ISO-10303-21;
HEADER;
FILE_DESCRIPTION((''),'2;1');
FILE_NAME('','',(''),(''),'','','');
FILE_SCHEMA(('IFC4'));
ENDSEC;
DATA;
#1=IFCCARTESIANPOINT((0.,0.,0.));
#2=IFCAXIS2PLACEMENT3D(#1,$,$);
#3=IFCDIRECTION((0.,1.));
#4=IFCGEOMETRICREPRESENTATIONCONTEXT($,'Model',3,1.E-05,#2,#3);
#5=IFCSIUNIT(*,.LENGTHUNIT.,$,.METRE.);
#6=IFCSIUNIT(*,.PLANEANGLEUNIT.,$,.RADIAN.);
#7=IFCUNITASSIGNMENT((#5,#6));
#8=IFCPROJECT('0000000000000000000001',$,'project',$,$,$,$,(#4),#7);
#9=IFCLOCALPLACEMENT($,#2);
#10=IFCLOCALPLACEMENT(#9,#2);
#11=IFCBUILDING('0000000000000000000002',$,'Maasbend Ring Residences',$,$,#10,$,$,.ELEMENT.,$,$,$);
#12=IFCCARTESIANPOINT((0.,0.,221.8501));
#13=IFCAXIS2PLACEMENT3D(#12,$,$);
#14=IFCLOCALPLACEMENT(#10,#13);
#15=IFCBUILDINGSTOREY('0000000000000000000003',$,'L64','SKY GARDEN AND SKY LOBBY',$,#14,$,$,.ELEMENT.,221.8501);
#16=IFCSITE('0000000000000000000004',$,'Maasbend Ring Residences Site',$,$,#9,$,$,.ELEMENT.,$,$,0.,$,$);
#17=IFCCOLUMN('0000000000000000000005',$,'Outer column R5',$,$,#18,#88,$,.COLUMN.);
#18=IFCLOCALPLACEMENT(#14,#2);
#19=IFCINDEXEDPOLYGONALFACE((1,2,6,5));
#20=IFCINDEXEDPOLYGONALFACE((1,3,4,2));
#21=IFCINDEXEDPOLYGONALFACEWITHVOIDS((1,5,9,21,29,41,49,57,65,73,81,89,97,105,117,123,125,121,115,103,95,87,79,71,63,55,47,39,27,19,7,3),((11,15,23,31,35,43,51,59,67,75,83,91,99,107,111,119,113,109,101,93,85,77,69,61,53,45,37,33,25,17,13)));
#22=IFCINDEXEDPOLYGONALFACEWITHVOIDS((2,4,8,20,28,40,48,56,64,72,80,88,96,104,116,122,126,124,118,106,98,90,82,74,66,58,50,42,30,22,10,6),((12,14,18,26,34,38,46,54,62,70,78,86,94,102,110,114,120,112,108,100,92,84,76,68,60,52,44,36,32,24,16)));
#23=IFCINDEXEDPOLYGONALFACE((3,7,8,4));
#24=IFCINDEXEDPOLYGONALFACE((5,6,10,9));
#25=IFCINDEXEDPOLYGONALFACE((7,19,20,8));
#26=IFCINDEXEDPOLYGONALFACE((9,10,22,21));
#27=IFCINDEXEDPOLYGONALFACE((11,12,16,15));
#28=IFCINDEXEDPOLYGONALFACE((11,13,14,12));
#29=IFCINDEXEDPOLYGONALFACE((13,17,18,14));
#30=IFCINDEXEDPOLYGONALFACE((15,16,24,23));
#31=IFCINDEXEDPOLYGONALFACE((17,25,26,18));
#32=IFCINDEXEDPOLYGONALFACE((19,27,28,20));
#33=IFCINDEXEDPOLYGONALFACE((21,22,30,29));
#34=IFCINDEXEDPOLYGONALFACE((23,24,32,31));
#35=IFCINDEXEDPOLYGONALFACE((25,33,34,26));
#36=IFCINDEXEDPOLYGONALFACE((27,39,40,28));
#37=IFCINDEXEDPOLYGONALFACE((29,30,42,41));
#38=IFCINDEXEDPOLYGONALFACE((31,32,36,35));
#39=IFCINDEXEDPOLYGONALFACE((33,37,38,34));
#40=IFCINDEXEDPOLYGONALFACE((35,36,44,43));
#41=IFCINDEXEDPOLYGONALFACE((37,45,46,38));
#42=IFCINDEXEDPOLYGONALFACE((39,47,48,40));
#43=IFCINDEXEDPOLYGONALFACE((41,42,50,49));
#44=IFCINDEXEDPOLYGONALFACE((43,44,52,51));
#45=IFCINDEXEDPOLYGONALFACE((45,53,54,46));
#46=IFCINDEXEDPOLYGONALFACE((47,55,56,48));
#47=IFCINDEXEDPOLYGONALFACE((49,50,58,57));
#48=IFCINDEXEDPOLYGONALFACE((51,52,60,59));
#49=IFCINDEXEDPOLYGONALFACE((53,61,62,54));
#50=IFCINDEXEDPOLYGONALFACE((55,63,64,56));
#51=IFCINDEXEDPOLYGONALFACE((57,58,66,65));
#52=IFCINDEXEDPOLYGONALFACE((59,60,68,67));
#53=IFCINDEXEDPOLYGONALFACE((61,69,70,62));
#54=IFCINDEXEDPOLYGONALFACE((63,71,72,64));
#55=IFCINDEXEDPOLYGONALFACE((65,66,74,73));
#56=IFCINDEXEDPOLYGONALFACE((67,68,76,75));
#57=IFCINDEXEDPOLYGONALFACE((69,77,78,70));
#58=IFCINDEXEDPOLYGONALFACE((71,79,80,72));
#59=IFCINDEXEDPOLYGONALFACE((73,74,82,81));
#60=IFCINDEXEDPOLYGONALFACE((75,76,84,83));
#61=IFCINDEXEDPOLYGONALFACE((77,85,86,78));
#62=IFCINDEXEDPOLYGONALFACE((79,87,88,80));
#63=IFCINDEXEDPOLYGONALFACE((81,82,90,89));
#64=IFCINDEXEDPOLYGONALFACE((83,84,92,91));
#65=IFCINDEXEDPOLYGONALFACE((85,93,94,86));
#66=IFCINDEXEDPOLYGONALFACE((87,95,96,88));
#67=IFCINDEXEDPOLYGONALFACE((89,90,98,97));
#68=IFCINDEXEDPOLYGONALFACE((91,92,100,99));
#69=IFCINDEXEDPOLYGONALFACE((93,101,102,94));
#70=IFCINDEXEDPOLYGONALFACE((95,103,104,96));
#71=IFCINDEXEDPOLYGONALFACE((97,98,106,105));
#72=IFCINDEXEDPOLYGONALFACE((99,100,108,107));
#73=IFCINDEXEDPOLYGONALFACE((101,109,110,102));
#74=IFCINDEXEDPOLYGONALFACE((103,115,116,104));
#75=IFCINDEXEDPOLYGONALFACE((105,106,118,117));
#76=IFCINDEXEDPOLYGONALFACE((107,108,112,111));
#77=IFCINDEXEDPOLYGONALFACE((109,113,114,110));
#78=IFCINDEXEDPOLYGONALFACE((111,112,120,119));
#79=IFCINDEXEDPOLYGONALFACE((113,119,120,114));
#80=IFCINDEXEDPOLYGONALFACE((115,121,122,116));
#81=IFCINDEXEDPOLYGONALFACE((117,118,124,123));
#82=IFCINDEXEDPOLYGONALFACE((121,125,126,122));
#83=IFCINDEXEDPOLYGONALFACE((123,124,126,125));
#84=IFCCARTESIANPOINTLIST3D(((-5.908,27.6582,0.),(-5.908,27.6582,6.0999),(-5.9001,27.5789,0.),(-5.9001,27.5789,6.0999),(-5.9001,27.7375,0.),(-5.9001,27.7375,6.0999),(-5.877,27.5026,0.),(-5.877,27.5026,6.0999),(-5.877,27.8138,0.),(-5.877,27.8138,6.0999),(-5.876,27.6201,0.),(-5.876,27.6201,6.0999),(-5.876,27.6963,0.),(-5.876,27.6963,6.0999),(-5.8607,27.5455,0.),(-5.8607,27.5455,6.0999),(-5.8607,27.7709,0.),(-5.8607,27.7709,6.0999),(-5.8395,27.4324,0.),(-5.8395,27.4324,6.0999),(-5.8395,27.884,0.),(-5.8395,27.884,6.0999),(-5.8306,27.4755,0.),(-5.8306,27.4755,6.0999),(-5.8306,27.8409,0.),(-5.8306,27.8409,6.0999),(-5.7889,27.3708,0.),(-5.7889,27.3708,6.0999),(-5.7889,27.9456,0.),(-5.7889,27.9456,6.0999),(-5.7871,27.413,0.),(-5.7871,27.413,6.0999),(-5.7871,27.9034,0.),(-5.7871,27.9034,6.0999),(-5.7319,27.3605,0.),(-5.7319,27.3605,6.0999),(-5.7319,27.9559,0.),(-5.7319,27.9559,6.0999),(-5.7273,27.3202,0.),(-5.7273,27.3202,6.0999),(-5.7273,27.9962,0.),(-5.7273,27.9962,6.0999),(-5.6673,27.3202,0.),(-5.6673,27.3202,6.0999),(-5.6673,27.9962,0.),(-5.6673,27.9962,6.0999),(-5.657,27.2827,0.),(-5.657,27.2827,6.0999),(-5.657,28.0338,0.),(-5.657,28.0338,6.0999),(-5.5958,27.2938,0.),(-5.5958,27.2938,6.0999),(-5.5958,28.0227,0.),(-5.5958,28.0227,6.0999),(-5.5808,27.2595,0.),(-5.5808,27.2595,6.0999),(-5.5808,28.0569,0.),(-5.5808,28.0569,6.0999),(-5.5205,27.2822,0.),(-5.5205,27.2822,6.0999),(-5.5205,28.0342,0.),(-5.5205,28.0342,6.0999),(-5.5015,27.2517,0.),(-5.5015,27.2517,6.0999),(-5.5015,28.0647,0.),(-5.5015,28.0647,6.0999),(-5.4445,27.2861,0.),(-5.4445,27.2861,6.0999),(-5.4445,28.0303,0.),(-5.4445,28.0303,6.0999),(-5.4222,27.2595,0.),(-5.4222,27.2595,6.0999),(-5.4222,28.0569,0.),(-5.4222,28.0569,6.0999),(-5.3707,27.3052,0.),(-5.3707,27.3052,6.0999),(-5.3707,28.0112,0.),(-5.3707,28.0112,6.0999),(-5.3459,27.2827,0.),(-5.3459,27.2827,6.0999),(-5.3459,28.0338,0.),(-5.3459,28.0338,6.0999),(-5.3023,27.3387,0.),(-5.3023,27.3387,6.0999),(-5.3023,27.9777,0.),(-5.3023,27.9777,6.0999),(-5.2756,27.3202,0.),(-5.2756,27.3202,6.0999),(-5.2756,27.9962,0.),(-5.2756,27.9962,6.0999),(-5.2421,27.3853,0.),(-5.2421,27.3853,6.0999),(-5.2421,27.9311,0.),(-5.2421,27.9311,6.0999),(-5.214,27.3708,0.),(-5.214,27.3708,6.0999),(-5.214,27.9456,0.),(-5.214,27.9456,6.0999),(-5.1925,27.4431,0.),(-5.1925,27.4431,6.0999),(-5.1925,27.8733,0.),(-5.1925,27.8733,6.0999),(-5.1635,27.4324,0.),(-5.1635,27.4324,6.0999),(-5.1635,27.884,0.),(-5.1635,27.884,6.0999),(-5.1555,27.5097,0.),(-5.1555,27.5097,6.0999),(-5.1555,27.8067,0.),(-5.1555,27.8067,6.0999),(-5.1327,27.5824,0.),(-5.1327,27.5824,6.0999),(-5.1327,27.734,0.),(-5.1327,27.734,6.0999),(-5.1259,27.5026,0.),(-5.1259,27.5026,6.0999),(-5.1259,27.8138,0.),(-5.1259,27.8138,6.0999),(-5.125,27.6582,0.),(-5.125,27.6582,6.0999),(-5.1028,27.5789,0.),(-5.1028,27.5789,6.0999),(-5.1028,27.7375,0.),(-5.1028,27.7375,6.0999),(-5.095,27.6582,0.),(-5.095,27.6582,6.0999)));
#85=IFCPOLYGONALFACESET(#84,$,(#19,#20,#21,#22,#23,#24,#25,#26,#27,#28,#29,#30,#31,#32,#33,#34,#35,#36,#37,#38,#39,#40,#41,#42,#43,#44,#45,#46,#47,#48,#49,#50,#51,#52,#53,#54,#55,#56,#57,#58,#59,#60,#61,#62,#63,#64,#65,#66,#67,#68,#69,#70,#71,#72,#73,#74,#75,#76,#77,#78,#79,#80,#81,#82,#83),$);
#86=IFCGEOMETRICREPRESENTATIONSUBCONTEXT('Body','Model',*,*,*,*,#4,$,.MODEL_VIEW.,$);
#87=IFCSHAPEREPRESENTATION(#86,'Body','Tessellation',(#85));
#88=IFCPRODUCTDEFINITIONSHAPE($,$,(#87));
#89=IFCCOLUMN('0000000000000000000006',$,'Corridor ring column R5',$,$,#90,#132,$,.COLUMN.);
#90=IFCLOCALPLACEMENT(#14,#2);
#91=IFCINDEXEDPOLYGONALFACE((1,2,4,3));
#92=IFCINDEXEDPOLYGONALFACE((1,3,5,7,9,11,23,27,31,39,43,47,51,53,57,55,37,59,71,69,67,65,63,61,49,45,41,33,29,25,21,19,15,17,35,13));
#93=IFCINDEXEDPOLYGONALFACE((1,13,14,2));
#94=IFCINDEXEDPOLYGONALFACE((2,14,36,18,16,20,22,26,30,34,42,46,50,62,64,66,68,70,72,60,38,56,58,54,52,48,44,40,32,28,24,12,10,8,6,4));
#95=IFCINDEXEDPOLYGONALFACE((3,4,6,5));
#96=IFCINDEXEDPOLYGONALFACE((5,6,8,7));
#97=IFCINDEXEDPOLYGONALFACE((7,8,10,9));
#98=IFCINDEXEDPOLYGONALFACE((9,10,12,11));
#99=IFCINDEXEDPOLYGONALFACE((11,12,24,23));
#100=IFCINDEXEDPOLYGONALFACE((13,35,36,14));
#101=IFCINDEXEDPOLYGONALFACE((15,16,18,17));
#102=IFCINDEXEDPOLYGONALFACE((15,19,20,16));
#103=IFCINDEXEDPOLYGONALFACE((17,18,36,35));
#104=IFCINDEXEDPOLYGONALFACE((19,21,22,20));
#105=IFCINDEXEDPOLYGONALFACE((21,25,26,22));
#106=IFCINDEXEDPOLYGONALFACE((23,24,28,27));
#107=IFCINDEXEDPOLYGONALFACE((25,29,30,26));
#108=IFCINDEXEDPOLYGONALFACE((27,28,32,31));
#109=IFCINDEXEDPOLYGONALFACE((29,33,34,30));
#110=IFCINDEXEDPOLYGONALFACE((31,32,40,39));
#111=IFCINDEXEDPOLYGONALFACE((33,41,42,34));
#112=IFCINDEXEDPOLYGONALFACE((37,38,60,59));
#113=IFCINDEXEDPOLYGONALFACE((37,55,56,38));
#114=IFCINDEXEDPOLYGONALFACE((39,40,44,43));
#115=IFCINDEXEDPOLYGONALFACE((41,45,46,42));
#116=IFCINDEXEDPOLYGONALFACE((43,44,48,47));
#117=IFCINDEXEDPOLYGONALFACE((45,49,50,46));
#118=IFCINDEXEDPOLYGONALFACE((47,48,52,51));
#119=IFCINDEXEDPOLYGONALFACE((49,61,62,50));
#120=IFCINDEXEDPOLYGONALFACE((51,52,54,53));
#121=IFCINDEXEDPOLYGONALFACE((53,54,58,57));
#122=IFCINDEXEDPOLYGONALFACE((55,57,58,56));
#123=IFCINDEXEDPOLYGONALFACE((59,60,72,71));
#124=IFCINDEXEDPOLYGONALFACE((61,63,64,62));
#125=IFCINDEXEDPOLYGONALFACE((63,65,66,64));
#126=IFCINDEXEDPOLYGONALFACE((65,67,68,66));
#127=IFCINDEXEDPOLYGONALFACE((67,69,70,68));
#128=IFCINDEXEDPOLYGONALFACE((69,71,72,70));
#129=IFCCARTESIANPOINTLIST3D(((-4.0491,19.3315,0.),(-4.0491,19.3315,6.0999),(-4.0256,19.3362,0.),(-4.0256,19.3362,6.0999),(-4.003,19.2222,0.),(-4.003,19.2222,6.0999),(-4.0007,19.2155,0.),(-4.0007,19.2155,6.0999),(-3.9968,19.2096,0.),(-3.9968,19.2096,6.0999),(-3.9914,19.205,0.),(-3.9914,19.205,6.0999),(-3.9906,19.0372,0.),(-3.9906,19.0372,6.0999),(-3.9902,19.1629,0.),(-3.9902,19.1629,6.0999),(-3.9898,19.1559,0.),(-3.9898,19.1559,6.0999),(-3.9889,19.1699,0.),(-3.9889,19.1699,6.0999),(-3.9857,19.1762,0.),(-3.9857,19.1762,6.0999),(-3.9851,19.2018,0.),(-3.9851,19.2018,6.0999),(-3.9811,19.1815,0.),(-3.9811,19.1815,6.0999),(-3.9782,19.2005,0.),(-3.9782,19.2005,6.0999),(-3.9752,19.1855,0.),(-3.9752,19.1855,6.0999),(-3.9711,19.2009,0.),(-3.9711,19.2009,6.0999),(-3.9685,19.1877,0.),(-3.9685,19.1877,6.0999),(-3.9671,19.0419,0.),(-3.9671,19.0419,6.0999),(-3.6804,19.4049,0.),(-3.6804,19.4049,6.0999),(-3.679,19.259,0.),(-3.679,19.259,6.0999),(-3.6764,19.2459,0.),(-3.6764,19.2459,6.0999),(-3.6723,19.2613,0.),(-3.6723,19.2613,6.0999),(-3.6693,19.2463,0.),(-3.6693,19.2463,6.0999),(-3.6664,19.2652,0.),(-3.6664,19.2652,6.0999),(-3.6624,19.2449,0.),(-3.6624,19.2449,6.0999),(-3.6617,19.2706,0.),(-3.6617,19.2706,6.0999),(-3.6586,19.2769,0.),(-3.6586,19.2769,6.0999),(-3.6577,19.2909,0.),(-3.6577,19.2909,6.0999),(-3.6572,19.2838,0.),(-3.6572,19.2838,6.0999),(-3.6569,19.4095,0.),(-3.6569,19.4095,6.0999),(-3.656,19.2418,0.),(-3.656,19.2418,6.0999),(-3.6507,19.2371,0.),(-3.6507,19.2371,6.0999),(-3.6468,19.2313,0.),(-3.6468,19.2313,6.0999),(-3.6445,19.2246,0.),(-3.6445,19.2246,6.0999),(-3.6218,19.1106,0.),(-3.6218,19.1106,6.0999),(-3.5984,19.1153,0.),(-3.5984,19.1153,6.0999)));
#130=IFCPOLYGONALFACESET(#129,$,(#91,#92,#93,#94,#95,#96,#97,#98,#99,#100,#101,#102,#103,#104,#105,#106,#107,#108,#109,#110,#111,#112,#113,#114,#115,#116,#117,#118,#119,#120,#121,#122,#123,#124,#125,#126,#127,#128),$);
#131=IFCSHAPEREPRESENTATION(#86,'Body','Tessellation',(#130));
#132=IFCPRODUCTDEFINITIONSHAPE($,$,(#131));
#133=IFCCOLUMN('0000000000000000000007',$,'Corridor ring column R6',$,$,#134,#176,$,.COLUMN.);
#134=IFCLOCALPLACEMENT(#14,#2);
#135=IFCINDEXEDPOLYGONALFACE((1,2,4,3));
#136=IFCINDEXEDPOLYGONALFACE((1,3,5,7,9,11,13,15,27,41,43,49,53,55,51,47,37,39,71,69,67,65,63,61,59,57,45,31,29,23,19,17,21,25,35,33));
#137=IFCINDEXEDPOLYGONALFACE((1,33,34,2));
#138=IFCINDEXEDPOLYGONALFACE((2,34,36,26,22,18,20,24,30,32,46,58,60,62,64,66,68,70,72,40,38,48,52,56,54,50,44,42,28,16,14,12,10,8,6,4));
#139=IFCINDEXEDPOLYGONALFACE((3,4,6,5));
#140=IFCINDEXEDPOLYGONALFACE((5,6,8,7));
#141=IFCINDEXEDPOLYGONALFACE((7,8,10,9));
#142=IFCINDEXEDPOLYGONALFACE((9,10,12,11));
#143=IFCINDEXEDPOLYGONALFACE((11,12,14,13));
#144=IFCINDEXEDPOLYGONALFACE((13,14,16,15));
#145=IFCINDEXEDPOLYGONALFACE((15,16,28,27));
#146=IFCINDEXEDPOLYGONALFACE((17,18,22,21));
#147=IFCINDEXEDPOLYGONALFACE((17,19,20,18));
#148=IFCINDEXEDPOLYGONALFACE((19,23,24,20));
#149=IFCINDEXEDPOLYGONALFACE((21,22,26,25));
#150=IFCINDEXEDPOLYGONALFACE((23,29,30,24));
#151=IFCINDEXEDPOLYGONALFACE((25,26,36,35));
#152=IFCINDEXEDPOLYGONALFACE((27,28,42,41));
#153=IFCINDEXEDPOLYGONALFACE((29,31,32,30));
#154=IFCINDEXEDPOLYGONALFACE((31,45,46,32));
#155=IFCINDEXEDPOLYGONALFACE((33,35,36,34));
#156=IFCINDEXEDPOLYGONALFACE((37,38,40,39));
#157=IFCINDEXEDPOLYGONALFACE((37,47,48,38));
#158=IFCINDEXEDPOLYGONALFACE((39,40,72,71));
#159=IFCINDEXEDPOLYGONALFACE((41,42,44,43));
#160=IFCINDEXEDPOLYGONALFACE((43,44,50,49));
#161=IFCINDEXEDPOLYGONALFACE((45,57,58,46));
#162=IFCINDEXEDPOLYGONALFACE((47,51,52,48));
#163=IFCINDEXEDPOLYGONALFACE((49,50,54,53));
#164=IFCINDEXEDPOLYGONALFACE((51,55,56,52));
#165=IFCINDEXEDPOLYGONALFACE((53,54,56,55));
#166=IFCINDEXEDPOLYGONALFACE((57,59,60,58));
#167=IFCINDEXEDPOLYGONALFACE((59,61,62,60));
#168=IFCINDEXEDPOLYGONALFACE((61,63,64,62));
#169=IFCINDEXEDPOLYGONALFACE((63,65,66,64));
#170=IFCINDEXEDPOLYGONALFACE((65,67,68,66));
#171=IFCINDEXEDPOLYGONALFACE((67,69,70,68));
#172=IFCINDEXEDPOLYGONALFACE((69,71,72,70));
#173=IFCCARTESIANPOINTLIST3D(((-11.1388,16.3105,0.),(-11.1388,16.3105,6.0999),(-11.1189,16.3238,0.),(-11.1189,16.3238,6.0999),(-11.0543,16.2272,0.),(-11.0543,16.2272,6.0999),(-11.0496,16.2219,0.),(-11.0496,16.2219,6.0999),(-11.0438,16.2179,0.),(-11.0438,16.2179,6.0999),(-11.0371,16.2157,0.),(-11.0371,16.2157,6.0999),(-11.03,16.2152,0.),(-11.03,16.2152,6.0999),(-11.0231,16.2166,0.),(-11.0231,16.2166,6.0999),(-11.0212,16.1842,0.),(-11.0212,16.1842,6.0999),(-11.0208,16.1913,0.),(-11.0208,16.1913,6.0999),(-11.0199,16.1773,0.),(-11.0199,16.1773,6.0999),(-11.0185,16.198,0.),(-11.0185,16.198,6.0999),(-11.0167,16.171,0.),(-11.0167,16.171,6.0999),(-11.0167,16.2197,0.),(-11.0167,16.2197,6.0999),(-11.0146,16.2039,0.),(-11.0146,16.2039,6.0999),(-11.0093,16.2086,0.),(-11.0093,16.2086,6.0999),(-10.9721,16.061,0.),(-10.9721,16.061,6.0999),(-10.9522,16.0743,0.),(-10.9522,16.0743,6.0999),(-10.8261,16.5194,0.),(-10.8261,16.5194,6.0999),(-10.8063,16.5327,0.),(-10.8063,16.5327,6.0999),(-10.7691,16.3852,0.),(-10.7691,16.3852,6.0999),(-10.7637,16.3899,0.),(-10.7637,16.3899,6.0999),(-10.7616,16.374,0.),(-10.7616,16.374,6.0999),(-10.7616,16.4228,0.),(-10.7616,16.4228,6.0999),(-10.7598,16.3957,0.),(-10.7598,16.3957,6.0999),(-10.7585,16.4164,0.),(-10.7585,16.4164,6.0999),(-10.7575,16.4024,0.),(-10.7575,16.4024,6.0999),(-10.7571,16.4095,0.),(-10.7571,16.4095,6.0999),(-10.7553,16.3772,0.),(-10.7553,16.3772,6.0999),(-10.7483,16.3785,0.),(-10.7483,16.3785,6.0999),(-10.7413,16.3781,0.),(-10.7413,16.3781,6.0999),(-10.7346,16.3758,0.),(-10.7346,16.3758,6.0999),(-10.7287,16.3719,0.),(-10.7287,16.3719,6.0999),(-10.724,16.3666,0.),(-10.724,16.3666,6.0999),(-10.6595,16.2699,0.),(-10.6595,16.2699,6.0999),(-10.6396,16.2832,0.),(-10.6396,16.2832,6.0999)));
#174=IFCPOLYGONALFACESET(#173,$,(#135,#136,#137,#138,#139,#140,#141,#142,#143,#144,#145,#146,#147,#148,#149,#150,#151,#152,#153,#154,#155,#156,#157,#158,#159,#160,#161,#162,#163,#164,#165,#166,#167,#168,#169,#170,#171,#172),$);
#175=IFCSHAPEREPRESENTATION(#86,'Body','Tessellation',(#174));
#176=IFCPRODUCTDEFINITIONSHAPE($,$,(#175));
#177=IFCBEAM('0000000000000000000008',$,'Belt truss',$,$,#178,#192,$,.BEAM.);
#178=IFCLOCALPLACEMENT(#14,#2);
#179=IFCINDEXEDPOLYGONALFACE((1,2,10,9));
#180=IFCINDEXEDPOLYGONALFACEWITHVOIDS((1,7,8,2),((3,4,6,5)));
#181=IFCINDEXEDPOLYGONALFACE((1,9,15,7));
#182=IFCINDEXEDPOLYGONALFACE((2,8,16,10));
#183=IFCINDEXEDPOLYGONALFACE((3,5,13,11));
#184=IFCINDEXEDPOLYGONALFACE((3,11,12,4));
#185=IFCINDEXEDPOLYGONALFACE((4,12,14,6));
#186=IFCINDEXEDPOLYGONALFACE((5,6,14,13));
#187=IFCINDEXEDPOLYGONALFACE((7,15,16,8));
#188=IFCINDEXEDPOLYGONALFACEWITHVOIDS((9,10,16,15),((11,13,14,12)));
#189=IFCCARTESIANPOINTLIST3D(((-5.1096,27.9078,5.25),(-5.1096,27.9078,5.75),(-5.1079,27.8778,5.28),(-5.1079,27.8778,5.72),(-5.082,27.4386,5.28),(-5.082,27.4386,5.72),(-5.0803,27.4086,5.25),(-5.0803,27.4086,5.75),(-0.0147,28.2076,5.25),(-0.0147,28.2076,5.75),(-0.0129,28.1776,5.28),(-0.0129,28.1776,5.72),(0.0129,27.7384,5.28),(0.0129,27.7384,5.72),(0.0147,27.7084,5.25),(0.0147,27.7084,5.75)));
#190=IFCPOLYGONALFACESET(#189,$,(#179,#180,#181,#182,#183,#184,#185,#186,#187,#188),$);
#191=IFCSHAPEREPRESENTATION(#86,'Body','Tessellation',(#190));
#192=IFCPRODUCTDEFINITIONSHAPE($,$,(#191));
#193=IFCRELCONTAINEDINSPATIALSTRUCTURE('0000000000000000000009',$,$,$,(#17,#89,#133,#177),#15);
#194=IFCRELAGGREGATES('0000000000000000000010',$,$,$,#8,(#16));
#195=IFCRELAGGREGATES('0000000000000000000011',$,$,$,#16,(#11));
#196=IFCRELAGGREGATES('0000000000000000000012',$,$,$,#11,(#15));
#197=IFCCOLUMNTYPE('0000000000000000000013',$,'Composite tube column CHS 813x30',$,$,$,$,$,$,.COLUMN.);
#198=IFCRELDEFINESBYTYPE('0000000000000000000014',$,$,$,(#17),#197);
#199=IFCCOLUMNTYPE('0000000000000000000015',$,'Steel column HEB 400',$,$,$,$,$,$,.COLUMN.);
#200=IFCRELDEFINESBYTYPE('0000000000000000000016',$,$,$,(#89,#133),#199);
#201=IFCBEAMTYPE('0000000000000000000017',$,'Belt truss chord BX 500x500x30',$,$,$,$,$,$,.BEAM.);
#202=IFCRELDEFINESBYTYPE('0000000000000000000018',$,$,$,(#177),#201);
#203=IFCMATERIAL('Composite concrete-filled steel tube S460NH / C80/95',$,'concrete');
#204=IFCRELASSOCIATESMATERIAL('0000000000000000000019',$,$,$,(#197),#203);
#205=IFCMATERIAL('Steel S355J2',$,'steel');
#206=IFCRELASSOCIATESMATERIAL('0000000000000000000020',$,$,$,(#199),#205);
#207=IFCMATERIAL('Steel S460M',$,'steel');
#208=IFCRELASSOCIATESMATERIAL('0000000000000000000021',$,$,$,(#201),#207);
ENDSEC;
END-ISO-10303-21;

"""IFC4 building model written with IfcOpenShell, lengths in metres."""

from ifc_helpers import new_model, si_unit, direction, frame, origin, origin_2d, place, context, subcontext, project, spatial, hollow_rectangle, hollow_circle, i_section, extrude, material, material_profile, profile_set, type_object, element, save


model = new_model("IFC4")

# Units and contexts
model_context = context("Model", 3, precision=1e-05, world=origin(), true_north=direction((0.0, 1.0)))
body_context = subcontext(model_context, "Body", "Model", "MODEL_VIEW")
ifc_project = project(units=[si_unit("LENGTHUNIT", "METRE"), si_unit("PLANEANGLEUNIT", "RADIAN")], contexts=[model_context])

# Site, building, storey
site_placement = place(None, origin())
site = spatial("IfcSite", under=ifc_project, at=site_placement, Name="Maasbend Ring Residences Site", CompositionType="ELEMENT", RefElevation=0.0)
building_placement = place(site_placement, origin())
building = spatial("IfcBuilding", under=site, at=building_placement, Name="Maasbend Ring Residences", CompositionType="ELEMENT")
storey_placement = place(building_placement, frame((0.0, 0.0, 221.8501)))
storey = spatial("IfcBuildingStorey", under=building, at=storey_placement, Name="L64", Description="SKY GARDEN AND SKY LOBBY", CompositionType="ELEMENT", Elevation=221.8501)

# Columns
ifc_material_1 = material(Name="Composite concrete-filled steel tube S460NH / C80/95", Category="concrete")
ifc_material_profile_1 = material_profile(ifc_material_1, hollow_circle(Radius=0.4065, WallThickness=0.03, at=origin_2d()), Name="Composite tube column CHS 813x30")
ifc_profile_set_1 = profile_set([ifc_material_profile_1], Name="Composite concrete-filled steel tube S460NH / C80/95")
column_type_1 = type_object("IfcColumnType", Name="Composite tube column CHS 813x30", PredefinedType="COLUMN", material=ifc_profile_set_1)
column_placement = place(storey_placement, frame((-5.5015, 27.6582, 0.0), z_axis=(0.0, 0.0, 1.0), x_axis=(1.0, 0.0, 0.0)))
element("IfcColumn", 1, at=column_placement, inside=storey, type_object=column_type_1, Name="Outer column R5", PredefinedType="COLUMN", context=body_context, shape_type="SweptSolid", body=[
    extrude(hollow_circle(Radius=0.4065, WallThickness=0.03, at=origin_2d()), origin(), (0.0, 0.0, 1.0), 6.0999),
])
ifc_material_2 = material(Name="Steel S355J2", Category="steel")
ifc_material_profile_2 = material_profile(ifc_material_2, i_section(OverallWidth=0.3, OverallDepth=0.3999, WebThickness=0.0134, FlangeThickness=0.0239, FilletRadius=0.0271, at=origin_2d()), Name="HEB 400")
ifc_profile_set_2 = profile_set([ifc_material_profile_2], Name="Steel S355J2")
column_type_2 = type_object("IfcColumnType", Name="Steel column HEB 400", PredefinedType="COLUMN", material=ifc_profile_set_2)
for number, where, z_axis, x_axis, name in (
    (2, (-3.8237, 19.2234, 0.0), (0.0, 0.0, 1.0), (-0.19509, 0.980785, 0.0), "Corridor ring column R5"),
    (3, (-10.8892, 16.2969, 0.0), (0.0, 0.0, 1.0), (-0.55557, 0.83147, 0.0), "Corridor ring column R6"),
):
    element("IfcColumn", number, at=place(storey_placement, frame(where, z_axis=z_axis, x_axis=x_axis)), inside=storey, type_object=column_type_2, Name=name, PredefinedType="COLUMN", context=body_context, shape_type="SweptSolid", body=[
        extrude(i_section(OverallWidth=0.3, OverallDepth=0.3999, WebThickness=0.0134, FlangeThickness=0.0239, FilletRadius=0.0271, at=origin_2d()), origin(), (0.0, 0.0, 1.0), 6.0999),
    ])

# Beam
ifc_material_3 = material(Name="Steel S460M", Category="steel")
ifc_material_profile_3 = material_profile(ifc_material_3, hollow_rectangle(XDim=0.5, YDim=0.5, WallThickness=0.03, at=origin_2d()), Name="Belt truss chord BX 500x500x30")
ifc_profile_set_3 = profile_set([ifc_material_profile_3], Name="Steel S460M")
beam_type_1 = type_object("IfcBeamType", Name="Belt truss chord BX 500x500x30", PredefinedType="BEAM", material=ifc_profile_set_3)
beam_1_placement = place(storey_placement, frame((0.0, 27.958, 5.5), z_axis=(-0.998273, -0.058742, 0.0), x_axis=(0.058742, -0.998273, 0.0)))
element("IfcBeam", 4, at=beam_1_placement, inside=storey, type_object=beam_type_1, Name="Belt truss", PredefinedType="BEAM", context=body_context, shape_type="SweptSolid", body=[
    extrude(hollow_rectangle(XDim=0.5, YDim=0.5, WallThickness=0.03, at=origin_2d()), origin(), (0.0, 0.0, 1.0), 5.1038),
])

save(model, "model.ifc")
